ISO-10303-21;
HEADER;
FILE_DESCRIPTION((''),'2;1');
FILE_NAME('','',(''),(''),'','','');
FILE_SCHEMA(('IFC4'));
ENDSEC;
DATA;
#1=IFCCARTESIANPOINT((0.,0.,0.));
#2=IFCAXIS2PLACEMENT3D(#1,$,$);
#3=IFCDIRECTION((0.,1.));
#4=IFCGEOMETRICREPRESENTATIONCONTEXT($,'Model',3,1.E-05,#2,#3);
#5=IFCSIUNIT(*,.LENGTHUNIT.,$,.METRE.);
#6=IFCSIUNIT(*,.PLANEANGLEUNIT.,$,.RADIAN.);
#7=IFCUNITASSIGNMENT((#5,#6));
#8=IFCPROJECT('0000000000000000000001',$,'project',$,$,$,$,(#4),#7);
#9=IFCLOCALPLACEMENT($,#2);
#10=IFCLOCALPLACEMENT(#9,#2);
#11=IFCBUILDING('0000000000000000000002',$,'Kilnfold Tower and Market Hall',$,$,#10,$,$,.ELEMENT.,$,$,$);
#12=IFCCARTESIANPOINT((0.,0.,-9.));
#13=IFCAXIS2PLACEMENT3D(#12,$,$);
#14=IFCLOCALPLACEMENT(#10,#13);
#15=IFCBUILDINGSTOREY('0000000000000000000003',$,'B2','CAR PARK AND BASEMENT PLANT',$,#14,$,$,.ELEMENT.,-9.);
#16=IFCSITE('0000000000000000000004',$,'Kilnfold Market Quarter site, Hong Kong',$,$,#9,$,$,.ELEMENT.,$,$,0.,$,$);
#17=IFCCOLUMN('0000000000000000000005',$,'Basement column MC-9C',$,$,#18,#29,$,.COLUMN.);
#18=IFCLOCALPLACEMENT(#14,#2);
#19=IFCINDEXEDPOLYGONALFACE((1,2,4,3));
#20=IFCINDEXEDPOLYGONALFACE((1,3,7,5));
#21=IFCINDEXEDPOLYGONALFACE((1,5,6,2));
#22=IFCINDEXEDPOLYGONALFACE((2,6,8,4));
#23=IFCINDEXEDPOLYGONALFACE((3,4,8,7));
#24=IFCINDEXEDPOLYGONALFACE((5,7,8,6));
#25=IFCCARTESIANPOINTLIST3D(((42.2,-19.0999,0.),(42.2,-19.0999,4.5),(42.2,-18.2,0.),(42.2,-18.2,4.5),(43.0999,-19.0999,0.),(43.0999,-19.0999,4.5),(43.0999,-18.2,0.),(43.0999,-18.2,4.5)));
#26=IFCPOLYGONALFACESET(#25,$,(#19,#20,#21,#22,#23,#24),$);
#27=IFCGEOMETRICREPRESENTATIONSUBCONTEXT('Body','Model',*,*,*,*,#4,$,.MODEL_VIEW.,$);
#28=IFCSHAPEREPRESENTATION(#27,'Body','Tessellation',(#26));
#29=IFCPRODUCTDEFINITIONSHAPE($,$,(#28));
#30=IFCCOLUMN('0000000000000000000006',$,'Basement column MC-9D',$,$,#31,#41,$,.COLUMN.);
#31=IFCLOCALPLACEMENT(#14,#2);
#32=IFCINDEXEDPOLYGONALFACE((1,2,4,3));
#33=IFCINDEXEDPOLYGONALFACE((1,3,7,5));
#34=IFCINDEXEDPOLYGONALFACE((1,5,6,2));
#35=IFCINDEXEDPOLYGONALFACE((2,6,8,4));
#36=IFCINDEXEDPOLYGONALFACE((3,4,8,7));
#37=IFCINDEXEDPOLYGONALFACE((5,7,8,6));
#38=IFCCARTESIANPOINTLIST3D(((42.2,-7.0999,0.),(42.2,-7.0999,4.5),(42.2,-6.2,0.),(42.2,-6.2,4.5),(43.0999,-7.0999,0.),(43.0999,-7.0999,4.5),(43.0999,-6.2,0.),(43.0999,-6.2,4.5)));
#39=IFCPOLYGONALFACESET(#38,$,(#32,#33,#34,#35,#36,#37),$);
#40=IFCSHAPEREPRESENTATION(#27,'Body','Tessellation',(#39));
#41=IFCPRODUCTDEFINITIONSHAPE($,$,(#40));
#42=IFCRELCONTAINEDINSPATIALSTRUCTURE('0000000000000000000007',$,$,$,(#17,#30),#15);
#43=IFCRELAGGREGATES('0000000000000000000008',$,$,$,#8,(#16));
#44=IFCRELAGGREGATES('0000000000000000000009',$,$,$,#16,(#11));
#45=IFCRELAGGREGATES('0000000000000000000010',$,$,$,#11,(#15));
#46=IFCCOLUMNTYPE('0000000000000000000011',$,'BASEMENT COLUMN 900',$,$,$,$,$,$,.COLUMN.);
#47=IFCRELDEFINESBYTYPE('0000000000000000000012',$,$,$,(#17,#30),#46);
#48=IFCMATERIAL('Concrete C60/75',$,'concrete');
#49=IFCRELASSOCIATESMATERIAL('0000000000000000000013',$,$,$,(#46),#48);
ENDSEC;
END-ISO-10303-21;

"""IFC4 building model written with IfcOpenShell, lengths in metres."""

from ifc_helpers import new_model, si_unit, direction, frame, origin, origin_2d, place, context, subcontext, project, spatial, rectangle, extrude, source, transform, mapped, material, material_profile, profile_set, type_object, element, save


model = new_model("IFC4")

# Units and contexts
model_context = context("Model", 3, precision=1e-05, world=origin(), true_north=direction((0.0, 1.0)))
body_context = subcontext(model_context, "Body", "Model", "MODEL_VIEW")
ifc_project = project(units=[si_unit("LENGTHUNIT", "METRE"), si_unit("PLANEANGLEUNIT", "RADIAN")], contexts=[model_context])

# Site, building, storey
site_placement = place(None, origin())
site = spatial("IfcSite", under=ifc_project, at=site_placement, Name="Kilnfold Market Quarter site, Hong Kong", CompositionType="ELEMENT", RefElevation=0.0)
building_placement = place(site_placement, origin())
building = spatial("IfcBuilding", under=site, at=building_placement, Name="Kilnfold Tower and Market Hall", CompositionType="ELEMENT")
storey_placement = place(building_placement, frame((0.0, 0.0, -9.0)))
storey = spatial("IfcBuildingStorey", under=building, at=storey_placement, Name="B2", Description="CAR PARK AND BASEMENT PLANT", CompositionType="ELEMENT", Elevation=-9.0)

# Columns
ifc_material_1 = material(Name="Concrete C60/75", Category="concrete")
ifc_material_profile_1 = material_profile(ifc_material_1, rectangle(XDim=0.8999, YDim=0.8999, at=origin_2d()), Name="RC 900x900")
ifc_profile_set_1 = profile_set([ifc_material_profile_1], Name="Concrete C60/75")
column_type = type_object("IfcColumnType", Name="BASEMENT COLUMN 900", PredefinedType="COLUMN", material=ifc_profile_set_1)
shared_shape_1 = source(origin(), body_context, "Body", "SweptSolid", [
    extrude(rectangle(XDim=0.8999, YDim=0.8999, at=origin_2d()), origin(), (0.0, 0.0, 1.0), 4.5),
])
for number, where, z_axis, x_axis, name in (
    (1, (42.6499, -18.6499, 0.0), (0.0, 0.0, 1.0), (1.0, 0.0, 0.0), "Basement column MC-9C"),
    (2, (42.6499, -6.6499, 0.0), (0.0, 0.0, 1.0), (1.0, 0.0, 0.0), "Basement column MC-9D"),
):
    element("IfcColumn", number, at=place(storey_placement, frame(where, z_axis=z_axis, x_axis=x_axis)), inside=storey, type_object=column_type, Name=name, PredefinedType="COLUMN", context=body_context, shape_type="MappedRepresentation", body=[
        mapped(shared_shape_1, transform((0.0, 0.0, 0.0))),
    ])

save(model, "model.ifc")
